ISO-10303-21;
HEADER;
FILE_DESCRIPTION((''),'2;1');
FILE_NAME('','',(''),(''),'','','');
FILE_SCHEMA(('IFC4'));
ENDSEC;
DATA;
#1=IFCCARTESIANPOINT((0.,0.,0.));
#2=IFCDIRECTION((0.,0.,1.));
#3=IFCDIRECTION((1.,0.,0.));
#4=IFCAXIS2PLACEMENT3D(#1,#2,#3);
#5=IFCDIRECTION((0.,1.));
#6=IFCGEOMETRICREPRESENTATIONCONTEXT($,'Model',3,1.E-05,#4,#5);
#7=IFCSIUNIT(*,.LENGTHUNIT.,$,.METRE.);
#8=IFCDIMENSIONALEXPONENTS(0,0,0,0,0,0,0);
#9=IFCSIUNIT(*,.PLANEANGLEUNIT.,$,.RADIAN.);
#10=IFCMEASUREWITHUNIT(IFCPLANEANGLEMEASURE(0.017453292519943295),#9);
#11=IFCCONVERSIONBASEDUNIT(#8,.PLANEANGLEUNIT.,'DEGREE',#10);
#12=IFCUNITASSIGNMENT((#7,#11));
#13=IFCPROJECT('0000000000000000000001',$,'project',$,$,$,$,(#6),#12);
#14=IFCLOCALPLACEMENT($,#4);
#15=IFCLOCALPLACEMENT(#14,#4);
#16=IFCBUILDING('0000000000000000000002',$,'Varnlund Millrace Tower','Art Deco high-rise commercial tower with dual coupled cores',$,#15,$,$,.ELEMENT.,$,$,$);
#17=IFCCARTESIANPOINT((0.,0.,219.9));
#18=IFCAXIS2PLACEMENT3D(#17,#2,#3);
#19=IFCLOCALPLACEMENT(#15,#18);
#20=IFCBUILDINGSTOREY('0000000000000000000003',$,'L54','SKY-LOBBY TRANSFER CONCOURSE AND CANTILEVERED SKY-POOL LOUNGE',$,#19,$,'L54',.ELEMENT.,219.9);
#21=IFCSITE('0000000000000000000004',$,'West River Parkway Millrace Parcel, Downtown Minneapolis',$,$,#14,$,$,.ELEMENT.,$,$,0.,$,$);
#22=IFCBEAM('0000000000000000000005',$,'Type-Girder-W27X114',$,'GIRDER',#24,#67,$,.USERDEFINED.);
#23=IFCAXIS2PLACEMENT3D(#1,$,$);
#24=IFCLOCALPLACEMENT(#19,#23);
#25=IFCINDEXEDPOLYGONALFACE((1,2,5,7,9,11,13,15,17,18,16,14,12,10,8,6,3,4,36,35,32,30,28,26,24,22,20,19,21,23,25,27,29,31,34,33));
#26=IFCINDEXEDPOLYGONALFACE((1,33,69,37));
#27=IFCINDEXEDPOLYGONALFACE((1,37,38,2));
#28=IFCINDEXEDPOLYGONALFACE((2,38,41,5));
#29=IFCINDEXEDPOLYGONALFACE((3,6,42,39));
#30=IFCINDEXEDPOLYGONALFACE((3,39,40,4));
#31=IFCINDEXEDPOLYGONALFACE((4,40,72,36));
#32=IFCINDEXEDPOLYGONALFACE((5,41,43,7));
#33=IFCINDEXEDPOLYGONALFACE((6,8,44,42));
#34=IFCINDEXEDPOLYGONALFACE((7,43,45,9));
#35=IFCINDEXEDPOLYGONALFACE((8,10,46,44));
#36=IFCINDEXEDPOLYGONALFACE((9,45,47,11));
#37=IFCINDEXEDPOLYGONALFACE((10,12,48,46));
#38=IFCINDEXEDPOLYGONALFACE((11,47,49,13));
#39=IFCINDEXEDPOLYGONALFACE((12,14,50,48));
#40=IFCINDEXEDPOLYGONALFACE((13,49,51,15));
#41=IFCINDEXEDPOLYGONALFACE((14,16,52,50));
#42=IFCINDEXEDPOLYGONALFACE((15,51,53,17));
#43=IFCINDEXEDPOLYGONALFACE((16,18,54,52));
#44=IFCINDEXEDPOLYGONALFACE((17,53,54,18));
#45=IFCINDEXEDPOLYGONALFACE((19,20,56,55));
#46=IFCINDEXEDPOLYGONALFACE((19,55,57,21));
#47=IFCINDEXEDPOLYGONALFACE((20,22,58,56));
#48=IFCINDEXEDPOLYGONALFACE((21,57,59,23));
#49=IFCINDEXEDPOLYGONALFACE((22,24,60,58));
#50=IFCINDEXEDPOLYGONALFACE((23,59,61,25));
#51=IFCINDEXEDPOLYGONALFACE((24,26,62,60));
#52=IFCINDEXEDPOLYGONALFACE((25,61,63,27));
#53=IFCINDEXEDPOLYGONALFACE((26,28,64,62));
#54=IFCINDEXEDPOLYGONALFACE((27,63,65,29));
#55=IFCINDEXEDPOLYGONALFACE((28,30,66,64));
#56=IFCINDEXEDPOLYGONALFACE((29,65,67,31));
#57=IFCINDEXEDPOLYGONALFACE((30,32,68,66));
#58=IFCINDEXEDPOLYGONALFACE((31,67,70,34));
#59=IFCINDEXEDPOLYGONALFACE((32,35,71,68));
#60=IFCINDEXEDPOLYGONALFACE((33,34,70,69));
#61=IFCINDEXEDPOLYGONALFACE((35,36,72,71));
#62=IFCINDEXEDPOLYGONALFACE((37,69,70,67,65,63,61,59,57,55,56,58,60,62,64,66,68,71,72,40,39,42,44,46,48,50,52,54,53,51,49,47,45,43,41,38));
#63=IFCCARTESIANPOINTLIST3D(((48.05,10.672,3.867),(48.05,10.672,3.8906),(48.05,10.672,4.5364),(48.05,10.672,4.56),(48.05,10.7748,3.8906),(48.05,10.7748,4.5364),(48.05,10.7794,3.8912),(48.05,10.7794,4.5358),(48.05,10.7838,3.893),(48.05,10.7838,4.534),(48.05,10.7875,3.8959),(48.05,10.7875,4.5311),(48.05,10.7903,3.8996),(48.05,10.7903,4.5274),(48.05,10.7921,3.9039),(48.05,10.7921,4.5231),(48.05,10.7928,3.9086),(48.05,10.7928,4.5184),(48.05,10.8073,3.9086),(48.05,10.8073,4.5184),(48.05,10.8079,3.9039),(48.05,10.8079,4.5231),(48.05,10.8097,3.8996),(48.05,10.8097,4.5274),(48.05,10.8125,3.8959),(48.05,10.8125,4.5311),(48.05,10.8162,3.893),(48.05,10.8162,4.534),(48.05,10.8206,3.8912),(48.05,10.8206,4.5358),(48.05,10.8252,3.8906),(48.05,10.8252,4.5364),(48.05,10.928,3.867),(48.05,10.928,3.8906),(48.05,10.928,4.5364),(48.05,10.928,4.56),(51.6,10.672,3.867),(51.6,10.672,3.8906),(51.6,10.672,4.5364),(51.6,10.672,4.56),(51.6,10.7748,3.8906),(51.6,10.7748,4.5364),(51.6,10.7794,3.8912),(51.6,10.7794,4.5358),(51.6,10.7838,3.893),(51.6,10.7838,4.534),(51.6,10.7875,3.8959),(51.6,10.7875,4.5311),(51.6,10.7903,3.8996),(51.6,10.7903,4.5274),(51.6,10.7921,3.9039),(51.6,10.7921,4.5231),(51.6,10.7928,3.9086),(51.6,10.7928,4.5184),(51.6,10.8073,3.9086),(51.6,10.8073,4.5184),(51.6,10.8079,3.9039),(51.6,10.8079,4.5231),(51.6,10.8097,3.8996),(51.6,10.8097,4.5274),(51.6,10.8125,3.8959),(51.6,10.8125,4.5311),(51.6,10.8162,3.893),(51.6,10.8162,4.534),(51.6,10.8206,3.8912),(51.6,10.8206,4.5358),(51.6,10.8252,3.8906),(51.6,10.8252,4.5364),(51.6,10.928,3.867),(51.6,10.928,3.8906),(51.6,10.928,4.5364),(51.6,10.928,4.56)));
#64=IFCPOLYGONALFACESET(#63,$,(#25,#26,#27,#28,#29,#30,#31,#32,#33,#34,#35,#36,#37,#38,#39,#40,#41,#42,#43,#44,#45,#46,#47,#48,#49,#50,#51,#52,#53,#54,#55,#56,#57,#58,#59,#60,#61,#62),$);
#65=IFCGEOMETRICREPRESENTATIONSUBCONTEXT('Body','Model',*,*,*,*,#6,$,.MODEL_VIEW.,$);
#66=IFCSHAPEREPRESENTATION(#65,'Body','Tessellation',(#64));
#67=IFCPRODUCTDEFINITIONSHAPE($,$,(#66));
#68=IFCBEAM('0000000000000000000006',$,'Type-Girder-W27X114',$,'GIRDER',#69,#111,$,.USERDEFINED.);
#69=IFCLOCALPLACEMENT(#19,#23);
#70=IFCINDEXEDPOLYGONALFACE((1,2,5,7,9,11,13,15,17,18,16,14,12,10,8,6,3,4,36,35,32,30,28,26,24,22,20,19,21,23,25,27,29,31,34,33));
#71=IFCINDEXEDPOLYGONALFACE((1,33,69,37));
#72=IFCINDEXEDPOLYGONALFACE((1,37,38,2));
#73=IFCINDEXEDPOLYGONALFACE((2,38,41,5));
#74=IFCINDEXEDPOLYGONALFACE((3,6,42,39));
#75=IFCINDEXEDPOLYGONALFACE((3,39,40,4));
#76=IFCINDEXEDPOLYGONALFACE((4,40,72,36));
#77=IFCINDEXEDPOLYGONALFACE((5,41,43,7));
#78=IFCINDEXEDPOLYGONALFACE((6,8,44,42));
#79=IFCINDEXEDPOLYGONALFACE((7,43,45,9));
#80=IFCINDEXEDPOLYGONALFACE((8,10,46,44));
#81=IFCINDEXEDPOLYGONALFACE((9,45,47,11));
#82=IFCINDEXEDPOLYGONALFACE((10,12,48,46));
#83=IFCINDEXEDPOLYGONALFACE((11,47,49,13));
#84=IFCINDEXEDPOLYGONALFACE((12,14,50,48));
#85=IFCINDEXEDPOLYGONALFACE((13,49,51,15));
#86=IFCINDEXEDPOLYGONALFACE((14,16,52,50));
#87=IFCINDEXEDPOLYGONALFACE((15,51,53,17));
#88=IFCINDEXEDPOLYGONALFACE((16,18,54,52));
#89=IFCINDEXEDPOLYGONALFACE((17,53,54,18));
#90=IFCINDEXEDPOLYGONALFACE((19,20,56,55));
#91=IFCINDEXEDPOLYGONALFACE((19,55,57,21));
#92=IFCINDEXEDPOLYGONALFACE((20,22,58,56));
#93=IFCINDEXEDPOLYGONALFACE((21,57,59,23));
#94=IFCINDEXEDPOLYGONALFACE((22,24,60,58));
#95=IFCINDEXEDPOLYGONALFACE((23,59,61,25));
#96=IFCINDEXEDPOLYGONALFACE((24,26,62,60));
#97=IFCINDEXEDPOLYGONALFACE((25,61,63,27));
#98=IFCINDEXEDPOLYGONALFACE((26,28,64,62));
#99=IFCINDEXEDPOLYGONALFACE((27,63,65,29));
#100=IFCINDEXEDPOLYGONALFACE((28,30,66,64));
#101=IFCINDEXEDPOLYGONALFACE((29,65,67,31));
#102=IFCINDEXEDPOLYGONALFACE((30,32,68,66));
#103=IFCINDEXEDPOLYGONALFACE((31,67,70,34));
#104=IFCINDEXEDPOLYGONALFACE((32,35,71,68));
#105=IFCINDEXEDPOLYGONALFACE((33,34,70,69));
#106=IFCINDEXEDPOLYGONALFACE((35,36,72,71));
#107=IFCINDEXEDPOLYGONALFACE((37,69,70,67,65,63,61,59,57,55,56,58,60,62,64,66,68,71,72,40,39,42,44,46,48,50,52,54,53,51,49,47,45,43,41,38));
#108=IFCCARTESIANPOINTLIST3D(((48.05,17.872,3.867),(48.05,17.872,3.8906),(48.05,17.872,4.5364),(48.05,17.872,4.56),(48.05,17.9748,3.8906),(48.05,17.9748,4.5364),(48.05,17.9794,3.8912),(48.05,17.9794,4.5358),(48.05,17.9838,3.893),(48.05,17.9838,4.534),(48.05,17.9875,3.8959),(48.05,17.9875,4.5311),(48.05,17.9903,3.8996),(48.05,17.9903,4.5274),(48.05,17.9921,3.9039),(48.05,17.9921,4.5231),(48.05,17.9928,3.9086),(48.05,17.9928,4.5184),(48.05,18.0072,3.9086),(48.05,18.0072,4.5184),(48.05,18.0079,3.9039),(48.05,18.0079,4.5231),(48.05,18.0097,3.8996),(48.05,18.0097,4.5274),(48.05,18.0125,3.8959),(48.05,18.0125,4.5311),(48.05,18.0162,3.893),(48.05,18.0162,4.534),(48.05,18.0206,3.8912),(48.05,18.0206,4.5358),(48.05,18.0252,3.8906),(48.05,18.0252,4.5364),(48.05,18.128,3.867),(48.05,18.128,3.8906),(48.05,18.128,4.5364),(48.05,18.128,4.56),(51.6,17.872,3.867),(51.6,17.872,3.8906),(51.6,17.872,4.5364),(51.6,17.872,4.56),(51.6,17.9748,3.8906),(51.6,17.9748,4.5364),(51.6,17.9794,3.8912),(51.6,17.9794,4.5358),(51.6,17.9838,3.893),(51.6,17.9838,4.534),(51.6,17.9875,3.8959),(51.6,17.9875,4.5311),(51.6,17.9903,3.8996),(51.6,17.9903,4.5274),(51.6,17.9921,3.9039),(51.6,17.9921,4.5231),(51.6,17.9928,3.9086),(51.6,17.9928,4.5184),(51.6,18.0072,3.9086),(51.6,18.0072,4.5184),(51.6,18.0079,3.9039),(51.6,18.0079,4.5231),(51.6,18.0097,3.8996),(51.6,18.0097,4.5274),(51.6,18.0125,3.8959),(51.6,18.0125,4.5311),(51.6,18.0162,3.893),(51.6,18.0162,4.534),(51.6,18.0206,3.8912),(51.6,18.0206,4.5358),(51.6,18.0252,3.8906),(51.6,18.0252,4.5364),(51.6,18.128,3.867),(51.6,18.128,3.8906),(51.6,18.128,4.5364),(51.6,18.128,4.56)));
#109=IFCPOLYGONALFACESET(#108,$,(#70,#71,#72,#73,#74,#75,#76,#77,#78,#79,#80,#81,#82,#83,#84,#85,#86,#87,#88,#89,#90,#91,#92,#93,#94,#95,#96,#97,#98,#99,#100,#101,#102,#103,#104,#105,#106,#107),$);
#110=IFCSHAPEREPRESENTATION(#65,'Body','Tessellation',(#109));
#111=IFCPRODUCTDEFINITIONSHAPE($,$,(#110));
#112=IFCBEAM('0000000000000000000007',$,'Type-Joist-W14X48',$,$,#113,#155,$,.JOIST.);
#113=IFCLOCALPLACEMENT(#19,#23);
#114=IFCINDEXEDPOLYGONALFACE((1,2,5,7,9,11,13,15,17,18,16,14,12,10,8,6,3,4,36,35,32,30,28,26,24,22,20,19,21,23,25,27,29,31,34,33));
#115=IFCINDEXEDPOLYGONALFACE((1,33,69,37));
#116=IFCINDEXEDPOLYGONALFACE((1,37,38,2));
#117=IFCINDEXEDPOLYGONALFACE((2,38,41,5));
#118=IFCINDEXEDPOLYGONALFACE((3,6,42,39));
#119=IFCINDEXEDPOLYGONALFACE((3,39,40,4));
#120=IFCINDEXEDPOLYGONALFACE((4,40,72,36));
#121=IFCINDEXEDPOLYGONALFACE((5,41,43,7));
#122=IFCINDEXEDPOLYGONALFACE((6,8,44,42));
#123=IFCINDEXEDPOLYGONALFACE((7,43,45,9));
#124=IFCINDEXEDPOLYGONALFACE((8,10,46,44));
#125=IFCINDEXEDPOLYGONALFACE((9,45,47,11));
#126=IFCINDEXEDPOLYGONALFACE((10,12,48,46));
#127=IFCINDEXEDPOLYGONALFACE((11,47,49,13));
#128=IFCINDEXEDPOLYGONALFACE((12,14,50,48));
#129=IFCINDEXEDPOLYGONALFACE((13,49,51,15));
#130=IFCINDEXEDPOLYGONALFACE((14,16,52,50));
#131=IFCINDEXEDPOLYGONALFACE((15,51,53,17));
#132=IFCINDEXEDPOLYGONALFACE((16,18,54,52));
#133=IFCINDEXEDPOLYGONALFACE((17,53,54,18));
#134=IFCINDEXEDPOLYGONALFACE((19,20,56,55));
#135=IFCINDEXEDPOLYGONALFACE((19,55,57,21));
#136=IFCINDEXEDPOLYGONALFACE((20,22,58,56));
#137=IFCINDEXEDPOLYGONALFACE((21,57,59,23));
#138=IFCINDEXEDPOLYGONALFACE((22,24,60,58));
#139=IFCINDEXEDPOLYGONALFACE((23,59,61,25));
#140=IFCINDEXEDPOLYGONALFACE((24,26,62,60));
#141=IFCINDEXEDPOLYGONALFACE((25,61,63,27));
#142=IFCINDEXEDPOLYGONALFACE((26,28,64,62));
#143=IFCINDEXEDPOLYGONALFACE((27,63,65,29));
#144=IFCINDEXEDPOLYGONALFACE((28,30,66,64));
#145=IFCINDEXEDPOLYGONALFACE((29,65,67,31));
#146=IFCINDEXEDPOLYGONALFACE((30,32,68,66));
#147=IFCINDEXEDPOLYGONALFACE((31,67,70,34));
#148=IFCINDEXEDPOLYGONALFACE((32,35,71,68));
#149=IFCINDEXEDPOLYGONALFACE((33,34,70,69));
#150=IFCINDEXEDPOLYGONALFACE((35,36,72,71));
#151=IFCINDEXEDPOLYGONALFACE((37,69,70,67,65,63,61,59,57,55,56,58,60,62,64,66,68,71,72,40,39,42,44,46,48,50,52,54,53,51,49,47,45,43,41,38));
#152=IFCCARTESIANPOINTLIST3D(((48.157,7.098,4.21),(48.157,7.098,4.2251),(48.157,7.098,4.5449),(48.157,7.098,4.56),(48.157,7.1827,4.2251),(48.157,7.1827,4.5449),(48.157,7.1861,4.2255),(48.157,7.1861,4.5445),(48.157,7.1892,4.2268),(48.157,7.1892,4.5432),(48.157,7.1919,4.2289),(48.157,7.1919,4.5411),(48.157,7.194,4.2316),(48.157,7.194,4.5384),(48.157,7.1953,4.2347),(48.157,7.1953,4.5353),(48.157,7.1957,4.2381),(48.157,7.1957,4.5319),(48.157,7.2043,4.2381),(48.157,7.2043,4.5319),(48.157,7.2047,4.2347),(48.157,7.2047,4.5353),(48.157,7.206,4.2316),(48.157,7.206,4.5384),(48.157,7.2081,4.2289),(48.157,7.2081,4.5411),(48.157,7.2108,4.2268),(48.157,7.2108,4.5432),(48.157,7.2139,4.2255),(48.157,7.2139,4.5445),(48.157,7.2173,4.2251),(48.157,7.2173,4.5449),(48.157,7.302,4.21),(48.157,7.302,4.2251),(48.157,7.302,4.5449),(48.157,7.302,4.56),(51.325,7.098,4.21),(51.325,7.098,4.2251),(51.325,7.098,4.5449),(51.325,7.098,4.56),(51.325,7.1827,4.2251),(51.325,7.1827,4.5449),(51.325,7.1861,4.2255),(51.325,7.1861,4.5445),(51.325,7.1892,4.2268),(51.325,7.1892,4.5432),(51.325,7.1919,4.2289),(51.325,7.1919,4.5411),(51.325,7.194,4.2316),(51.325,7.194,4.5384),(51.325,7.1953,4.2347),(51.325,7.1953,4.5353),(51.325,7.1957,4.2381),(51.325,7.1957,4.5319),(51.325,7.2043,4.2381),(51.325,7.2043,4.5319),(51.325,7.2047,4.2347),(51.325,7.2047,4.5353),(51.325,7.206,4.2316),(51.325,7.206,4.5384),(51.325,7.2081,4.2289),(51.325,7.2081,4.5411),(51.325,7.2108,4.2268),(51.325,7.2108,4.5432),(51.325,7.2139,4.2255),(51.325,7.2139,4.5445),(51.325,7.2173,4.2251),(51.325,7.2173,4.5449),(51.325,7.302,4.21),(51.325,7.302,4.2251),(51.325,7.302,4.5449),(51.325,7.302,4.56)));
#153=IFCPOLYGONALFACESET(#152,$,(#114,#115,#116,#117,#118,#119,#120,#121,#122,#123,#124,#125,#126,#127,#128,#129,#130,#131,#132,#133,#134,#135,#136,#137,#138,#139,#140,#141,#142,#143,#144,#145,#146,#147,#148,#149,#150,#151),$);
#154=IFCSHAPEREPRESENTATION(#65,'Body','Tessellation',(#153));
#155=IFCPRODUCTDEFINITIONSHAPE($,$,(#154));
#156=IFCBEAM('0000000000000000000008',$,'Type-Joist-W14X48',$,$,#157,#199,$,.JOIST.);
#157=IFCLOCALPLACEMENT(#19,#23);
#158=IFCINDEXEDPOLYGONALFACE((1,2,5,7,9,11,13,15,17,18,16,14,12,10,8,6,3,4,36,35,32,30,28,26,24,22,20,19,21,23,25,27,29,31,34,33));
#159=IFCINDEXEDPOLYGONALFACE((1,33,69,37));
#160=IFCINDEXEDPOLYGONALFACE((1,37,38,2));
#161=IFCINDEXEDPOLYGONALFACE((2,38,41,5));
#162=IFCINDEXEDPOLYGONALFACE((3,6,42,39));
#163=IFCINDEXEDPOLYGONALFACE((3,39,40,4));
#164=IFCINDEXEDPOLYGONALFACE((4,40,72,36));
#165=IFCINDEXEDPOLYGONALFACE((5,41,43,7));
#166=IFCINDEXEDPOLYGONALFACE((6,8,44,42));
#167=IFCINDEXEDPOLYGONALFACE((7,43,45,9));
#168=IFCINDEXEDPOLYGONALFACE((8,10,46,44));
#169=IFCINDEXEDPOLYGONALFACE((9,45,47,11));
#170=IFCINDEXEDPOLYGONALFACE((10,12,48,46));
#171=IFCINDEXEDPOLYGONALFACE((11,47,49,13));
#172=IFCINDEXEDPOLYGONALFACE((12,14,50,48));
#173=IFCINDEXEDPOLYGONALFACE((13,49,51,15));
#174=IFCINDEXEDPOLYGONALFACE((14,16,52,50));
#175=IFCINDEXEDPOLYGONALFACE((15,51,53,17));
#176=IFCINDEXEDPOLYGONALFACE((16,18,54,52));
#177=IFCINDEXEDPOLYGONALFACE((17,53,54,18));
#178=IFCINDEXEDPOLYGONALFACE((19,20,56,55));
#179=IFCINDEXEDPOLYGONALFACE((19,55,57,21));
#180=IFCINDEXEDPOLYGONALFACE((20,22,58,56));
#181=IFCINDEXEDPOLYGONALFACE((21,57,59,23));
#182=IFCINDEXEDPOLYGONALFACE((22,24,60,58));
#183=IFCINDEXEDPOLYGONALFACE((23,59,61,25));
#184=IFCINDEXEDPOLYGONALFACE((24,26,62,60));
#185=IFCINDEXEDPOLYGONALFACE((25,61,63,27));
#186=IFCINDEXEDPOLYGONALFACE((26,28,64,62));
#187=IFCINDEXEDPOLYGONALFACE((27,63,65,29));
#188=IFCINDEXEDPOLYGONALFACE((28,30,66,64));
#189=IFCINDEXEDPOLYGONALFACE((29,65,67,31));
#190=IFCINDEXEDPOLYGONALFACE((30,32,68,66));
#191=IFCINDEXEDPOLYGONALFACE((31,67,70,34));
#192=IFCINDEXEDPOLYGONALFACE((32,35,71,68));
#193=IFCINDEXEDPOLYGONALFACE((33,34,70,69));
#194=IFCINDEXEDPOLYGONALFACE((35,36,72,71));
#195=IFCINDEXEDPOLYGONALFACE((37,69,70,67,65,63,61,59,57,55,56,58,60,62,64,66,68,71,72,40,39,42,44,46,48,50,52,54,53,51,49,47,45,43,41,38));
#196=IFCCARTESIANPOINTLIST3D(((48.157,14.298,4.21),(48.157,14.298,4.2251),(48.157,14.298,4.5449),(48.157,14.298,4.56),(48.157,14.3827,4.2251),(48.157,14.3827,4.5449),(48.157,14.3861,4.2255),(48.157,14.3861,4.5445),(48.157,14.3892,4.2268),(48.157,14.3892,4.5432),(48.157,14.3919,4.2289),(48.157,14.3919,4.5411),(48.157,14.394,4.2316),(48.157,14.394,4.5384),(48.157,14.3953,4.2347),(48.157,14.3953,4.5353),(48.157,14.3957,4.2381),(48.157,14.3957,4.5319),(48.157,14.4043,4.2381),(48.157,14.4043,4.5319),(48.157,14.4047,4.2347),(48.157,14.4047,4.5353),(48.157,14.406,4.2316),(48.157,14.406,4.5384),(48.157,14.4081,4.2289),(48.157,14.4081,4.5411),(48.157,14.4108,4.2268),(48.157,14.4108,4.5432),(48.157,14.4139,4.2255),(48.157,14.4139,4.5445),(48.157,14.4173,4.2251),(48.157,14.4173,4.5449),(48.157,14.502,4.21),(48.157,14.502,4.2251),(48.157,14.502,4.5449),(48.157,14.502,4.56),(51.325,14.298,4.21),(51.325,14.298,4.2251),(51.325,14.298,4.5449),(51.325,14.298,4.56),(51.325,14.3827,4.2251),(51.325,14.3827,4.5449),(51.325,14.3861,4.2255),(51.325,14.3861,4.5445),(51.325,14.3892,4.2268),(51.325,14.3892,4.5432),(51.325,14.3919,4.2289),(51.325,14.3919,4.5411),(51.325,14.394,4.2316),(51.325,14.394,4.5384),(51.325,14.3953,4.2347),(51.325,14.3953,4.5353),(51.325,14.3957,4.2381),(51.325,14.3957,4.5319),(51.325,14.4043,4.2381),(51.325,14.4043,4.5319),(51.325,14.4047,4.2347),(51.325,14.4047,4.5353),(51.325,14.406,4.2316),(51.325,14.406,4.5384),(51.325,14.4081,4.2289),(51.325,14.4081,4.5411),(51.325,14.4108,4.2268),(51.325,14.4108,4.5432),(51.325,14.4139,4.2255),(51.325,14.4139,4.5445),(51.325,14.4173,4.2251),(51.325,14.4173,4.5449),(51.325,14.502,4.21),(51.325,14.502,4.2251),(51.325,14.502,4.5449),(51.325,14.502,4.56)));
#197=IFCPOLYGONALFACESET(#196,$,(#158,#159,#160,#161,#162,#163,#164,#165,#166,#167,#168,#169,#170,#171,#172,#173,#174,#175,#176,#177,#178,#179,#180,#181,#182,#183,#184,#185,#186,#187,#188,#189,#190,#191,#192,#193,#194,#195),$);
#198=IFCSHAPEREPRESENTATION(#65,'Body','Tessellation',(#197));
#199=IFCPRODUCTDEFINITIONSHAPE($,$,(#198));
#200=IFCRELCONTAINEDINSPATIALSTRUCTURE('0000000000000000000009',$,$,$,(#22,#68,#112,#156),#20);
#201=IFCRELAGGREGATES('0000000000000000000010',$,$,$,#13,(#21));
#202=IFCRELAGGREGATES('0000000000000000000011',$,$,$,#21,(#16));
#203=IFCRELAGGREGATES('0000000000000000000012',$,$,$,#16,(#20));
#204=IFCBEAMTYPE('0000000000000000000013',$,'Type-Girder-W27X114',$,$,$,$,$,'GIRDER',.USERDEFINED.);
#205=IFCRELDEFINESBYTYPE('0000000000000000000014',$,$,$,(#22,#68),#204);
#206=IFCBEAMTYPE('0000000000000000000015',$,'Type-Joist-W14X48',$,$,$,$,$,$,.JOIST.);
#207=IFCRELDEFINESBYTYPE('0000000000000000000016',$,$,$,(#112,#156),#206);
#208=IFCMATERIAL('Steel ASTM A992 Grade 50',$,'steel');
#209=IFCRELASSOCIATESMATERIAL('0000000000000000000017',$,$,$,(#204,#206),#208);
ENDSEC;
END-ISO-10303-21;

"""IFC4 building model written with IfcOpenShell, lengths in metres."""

from ifc_helpers import new_model, entity, si_unit, converted_unit, direction, frame, origin_with_axes, origin_2d_with_axis, place, context, subcontext, project, spatial, i_section, extrude, material, material_profile, profile_set, type_object, element, save


model = new_model("IFC4")

# Units and contexts
model_context = context("Model", 3, precision=1e-05, world=origin_with_axes(), true_north=direction((0.0, 1.0)))
body_context = subcontext(model_context, "Body", "Model", "MODEL_VIEW")
ifc_project = project(units=[si_unit("LENGTHUNIT", "METRE"), converted_unit("PLANEANGLEUNIT", "DEGREE", entity("IfcPlaneAngleMeasure", 0.017453292519943295), si_unit("PLANEANGLEUNIT", "RADIAN"), dimensions=[0, 0, 0, 0, 0, 0, 0])], contexts=[model_context])

# Site, building, storey
site_placement = place(None, origin_with_axes())
site = spatial("IfcSite", under=ifc_project, at=site_placement, Name="West River Parkway Millrace Parcel, Downtown Minneapolis", CompositionType="ELEMENT", RefElevation=0.0)
building_placement = place(site_placement, origin_with_axes())
building = spatial("IfcBuilding", under=site, at=building_placement, Name="Varnlund Millrace Tower", Description="Art Deco high-rise commercial tower with dual coupled cores", CompositionType="ELEMENT")
storey_placement = place(building_placement, frame((0.0, 0.0, 219.9), z_axis=(0.0, 0.0, 1.0), x_axis=(1.0, 0.0, 0.0)))
storey = spatial("IfcBuildingStorey", under=building, at=storey_placement, Name="L54", Description="SKY-LOBBY TRANSFER CONCOURSE AND CANTILEVERED SKY-POOL LOUNGE", LongName="L54", CompositionType="ELEMENT", Elevation=219.9)

# Beams
ifc_material_1 = material(Name="Steel ASTM A992 Grade 50", Category="steel")
ifc_material_profile_1 = material_profile(ifc_material_1, i_section(OverallWidth=0.256, OverallDepth=0.693, WebThickness=0.0145, FlangeThickness=0.0236, FilletRadius=0.018, at=origin_2d_with_axis()), Name="Steel ASTM A992 Grade 50")
ifc_profile_set_1 = profile_set([ifc_material_profile_1], Name="Steel ASTM A992 Grade 50")
beam_type_1 = type_object("IfcBeamType", Name="Type-Girder-W27X114", ElementType="GIRDER", PredefinedType="USERDEFINED", material=ifc_profile_set_1)
for number, where, z_axis, x_axis, name in (
    (1, (48.05, 10.8, 4.2135), (1.0, 0.0, 0.0), (0.0, 1.0, 0.0), "Type-Girder-W27X114"),
    (2, (48.05, 18.0, 4.2135), (1.0, 0.0, 0.0), (0.0, 1.0, 0.0), "Type-Girder-W27X114"),
):
    element("IfcBeam", number, at=place(storey_placement, frame(where, z_axis=z_axis, x_axis=x_axis)), inside=storey, type_object=beam_type_1, Name=name, ObjectType="GIRDER", PredefinedType="USERDEFINED", context=body_context, shape_type="SweptSolid", body=[
        extrude(i_section(OverallWidth=0.256, OverallDepth=0.693, WebThickness=0.0145, FlangeThickness=0.0236, FilletRadius=0.018, at=origin_2d_with_axis()), origin_with_axes(), (0.0, 0.0, 1.0), 3.55),
    ])
ifc_material_profile_2 = material_profile(ifc_material_1, i_section(OverallWidth=0.204, OverallDepth=0.35, WebThickness=0.0086, FlangeThickness=0.0151, FilletRadius=0.013, at=origin_2d_with_axis()), Name="Steel ASTM A992 Grade 50")
ifc_profile_set_2 = profile_set([ifc_material_profile_2], Name="Steel ASTM A992 Grade 50")
beam_type_2 = type_object("IfcBeamType", Name="Type-Joist-W14X48", PredefinedType="JOIST", material=ifc_profile_set_2)
for number, where, z_axis, x_axis, name in (
    (3, (48.157, 7.2, 4.385), (1.0, 0.0, 0.0), (0.0, 1.0, 0.0), "Type-Joist-W14X48"),
    (4, (48.157, 14.4, 4.385), (1.0, 0.0, 0.0), (0.0, 1.0, 0.0), "Type-Joist-W14X48"),
):
    element("IfcBeam", number, at=place(storey_placement, frame(where, z_axis=z_axis, x_axis=x_axis)), inside=storey, type_object=beam_type_2, Name=name, PredefinedType="JOIST", context=body_context, shape_type="SweptSolid", body=[
        extrude(i_section(OverallWidth=0.204, OverallDepth=0.35, WebThickness=0.0086, FlangeThickness=0.0151, FilletRadius=0.013, at=origin_2d_with_axis()), origin_with_axes(), (0.0, 0.0, 1.0), 3.168),
    ])

save(model, "model.ifc")
